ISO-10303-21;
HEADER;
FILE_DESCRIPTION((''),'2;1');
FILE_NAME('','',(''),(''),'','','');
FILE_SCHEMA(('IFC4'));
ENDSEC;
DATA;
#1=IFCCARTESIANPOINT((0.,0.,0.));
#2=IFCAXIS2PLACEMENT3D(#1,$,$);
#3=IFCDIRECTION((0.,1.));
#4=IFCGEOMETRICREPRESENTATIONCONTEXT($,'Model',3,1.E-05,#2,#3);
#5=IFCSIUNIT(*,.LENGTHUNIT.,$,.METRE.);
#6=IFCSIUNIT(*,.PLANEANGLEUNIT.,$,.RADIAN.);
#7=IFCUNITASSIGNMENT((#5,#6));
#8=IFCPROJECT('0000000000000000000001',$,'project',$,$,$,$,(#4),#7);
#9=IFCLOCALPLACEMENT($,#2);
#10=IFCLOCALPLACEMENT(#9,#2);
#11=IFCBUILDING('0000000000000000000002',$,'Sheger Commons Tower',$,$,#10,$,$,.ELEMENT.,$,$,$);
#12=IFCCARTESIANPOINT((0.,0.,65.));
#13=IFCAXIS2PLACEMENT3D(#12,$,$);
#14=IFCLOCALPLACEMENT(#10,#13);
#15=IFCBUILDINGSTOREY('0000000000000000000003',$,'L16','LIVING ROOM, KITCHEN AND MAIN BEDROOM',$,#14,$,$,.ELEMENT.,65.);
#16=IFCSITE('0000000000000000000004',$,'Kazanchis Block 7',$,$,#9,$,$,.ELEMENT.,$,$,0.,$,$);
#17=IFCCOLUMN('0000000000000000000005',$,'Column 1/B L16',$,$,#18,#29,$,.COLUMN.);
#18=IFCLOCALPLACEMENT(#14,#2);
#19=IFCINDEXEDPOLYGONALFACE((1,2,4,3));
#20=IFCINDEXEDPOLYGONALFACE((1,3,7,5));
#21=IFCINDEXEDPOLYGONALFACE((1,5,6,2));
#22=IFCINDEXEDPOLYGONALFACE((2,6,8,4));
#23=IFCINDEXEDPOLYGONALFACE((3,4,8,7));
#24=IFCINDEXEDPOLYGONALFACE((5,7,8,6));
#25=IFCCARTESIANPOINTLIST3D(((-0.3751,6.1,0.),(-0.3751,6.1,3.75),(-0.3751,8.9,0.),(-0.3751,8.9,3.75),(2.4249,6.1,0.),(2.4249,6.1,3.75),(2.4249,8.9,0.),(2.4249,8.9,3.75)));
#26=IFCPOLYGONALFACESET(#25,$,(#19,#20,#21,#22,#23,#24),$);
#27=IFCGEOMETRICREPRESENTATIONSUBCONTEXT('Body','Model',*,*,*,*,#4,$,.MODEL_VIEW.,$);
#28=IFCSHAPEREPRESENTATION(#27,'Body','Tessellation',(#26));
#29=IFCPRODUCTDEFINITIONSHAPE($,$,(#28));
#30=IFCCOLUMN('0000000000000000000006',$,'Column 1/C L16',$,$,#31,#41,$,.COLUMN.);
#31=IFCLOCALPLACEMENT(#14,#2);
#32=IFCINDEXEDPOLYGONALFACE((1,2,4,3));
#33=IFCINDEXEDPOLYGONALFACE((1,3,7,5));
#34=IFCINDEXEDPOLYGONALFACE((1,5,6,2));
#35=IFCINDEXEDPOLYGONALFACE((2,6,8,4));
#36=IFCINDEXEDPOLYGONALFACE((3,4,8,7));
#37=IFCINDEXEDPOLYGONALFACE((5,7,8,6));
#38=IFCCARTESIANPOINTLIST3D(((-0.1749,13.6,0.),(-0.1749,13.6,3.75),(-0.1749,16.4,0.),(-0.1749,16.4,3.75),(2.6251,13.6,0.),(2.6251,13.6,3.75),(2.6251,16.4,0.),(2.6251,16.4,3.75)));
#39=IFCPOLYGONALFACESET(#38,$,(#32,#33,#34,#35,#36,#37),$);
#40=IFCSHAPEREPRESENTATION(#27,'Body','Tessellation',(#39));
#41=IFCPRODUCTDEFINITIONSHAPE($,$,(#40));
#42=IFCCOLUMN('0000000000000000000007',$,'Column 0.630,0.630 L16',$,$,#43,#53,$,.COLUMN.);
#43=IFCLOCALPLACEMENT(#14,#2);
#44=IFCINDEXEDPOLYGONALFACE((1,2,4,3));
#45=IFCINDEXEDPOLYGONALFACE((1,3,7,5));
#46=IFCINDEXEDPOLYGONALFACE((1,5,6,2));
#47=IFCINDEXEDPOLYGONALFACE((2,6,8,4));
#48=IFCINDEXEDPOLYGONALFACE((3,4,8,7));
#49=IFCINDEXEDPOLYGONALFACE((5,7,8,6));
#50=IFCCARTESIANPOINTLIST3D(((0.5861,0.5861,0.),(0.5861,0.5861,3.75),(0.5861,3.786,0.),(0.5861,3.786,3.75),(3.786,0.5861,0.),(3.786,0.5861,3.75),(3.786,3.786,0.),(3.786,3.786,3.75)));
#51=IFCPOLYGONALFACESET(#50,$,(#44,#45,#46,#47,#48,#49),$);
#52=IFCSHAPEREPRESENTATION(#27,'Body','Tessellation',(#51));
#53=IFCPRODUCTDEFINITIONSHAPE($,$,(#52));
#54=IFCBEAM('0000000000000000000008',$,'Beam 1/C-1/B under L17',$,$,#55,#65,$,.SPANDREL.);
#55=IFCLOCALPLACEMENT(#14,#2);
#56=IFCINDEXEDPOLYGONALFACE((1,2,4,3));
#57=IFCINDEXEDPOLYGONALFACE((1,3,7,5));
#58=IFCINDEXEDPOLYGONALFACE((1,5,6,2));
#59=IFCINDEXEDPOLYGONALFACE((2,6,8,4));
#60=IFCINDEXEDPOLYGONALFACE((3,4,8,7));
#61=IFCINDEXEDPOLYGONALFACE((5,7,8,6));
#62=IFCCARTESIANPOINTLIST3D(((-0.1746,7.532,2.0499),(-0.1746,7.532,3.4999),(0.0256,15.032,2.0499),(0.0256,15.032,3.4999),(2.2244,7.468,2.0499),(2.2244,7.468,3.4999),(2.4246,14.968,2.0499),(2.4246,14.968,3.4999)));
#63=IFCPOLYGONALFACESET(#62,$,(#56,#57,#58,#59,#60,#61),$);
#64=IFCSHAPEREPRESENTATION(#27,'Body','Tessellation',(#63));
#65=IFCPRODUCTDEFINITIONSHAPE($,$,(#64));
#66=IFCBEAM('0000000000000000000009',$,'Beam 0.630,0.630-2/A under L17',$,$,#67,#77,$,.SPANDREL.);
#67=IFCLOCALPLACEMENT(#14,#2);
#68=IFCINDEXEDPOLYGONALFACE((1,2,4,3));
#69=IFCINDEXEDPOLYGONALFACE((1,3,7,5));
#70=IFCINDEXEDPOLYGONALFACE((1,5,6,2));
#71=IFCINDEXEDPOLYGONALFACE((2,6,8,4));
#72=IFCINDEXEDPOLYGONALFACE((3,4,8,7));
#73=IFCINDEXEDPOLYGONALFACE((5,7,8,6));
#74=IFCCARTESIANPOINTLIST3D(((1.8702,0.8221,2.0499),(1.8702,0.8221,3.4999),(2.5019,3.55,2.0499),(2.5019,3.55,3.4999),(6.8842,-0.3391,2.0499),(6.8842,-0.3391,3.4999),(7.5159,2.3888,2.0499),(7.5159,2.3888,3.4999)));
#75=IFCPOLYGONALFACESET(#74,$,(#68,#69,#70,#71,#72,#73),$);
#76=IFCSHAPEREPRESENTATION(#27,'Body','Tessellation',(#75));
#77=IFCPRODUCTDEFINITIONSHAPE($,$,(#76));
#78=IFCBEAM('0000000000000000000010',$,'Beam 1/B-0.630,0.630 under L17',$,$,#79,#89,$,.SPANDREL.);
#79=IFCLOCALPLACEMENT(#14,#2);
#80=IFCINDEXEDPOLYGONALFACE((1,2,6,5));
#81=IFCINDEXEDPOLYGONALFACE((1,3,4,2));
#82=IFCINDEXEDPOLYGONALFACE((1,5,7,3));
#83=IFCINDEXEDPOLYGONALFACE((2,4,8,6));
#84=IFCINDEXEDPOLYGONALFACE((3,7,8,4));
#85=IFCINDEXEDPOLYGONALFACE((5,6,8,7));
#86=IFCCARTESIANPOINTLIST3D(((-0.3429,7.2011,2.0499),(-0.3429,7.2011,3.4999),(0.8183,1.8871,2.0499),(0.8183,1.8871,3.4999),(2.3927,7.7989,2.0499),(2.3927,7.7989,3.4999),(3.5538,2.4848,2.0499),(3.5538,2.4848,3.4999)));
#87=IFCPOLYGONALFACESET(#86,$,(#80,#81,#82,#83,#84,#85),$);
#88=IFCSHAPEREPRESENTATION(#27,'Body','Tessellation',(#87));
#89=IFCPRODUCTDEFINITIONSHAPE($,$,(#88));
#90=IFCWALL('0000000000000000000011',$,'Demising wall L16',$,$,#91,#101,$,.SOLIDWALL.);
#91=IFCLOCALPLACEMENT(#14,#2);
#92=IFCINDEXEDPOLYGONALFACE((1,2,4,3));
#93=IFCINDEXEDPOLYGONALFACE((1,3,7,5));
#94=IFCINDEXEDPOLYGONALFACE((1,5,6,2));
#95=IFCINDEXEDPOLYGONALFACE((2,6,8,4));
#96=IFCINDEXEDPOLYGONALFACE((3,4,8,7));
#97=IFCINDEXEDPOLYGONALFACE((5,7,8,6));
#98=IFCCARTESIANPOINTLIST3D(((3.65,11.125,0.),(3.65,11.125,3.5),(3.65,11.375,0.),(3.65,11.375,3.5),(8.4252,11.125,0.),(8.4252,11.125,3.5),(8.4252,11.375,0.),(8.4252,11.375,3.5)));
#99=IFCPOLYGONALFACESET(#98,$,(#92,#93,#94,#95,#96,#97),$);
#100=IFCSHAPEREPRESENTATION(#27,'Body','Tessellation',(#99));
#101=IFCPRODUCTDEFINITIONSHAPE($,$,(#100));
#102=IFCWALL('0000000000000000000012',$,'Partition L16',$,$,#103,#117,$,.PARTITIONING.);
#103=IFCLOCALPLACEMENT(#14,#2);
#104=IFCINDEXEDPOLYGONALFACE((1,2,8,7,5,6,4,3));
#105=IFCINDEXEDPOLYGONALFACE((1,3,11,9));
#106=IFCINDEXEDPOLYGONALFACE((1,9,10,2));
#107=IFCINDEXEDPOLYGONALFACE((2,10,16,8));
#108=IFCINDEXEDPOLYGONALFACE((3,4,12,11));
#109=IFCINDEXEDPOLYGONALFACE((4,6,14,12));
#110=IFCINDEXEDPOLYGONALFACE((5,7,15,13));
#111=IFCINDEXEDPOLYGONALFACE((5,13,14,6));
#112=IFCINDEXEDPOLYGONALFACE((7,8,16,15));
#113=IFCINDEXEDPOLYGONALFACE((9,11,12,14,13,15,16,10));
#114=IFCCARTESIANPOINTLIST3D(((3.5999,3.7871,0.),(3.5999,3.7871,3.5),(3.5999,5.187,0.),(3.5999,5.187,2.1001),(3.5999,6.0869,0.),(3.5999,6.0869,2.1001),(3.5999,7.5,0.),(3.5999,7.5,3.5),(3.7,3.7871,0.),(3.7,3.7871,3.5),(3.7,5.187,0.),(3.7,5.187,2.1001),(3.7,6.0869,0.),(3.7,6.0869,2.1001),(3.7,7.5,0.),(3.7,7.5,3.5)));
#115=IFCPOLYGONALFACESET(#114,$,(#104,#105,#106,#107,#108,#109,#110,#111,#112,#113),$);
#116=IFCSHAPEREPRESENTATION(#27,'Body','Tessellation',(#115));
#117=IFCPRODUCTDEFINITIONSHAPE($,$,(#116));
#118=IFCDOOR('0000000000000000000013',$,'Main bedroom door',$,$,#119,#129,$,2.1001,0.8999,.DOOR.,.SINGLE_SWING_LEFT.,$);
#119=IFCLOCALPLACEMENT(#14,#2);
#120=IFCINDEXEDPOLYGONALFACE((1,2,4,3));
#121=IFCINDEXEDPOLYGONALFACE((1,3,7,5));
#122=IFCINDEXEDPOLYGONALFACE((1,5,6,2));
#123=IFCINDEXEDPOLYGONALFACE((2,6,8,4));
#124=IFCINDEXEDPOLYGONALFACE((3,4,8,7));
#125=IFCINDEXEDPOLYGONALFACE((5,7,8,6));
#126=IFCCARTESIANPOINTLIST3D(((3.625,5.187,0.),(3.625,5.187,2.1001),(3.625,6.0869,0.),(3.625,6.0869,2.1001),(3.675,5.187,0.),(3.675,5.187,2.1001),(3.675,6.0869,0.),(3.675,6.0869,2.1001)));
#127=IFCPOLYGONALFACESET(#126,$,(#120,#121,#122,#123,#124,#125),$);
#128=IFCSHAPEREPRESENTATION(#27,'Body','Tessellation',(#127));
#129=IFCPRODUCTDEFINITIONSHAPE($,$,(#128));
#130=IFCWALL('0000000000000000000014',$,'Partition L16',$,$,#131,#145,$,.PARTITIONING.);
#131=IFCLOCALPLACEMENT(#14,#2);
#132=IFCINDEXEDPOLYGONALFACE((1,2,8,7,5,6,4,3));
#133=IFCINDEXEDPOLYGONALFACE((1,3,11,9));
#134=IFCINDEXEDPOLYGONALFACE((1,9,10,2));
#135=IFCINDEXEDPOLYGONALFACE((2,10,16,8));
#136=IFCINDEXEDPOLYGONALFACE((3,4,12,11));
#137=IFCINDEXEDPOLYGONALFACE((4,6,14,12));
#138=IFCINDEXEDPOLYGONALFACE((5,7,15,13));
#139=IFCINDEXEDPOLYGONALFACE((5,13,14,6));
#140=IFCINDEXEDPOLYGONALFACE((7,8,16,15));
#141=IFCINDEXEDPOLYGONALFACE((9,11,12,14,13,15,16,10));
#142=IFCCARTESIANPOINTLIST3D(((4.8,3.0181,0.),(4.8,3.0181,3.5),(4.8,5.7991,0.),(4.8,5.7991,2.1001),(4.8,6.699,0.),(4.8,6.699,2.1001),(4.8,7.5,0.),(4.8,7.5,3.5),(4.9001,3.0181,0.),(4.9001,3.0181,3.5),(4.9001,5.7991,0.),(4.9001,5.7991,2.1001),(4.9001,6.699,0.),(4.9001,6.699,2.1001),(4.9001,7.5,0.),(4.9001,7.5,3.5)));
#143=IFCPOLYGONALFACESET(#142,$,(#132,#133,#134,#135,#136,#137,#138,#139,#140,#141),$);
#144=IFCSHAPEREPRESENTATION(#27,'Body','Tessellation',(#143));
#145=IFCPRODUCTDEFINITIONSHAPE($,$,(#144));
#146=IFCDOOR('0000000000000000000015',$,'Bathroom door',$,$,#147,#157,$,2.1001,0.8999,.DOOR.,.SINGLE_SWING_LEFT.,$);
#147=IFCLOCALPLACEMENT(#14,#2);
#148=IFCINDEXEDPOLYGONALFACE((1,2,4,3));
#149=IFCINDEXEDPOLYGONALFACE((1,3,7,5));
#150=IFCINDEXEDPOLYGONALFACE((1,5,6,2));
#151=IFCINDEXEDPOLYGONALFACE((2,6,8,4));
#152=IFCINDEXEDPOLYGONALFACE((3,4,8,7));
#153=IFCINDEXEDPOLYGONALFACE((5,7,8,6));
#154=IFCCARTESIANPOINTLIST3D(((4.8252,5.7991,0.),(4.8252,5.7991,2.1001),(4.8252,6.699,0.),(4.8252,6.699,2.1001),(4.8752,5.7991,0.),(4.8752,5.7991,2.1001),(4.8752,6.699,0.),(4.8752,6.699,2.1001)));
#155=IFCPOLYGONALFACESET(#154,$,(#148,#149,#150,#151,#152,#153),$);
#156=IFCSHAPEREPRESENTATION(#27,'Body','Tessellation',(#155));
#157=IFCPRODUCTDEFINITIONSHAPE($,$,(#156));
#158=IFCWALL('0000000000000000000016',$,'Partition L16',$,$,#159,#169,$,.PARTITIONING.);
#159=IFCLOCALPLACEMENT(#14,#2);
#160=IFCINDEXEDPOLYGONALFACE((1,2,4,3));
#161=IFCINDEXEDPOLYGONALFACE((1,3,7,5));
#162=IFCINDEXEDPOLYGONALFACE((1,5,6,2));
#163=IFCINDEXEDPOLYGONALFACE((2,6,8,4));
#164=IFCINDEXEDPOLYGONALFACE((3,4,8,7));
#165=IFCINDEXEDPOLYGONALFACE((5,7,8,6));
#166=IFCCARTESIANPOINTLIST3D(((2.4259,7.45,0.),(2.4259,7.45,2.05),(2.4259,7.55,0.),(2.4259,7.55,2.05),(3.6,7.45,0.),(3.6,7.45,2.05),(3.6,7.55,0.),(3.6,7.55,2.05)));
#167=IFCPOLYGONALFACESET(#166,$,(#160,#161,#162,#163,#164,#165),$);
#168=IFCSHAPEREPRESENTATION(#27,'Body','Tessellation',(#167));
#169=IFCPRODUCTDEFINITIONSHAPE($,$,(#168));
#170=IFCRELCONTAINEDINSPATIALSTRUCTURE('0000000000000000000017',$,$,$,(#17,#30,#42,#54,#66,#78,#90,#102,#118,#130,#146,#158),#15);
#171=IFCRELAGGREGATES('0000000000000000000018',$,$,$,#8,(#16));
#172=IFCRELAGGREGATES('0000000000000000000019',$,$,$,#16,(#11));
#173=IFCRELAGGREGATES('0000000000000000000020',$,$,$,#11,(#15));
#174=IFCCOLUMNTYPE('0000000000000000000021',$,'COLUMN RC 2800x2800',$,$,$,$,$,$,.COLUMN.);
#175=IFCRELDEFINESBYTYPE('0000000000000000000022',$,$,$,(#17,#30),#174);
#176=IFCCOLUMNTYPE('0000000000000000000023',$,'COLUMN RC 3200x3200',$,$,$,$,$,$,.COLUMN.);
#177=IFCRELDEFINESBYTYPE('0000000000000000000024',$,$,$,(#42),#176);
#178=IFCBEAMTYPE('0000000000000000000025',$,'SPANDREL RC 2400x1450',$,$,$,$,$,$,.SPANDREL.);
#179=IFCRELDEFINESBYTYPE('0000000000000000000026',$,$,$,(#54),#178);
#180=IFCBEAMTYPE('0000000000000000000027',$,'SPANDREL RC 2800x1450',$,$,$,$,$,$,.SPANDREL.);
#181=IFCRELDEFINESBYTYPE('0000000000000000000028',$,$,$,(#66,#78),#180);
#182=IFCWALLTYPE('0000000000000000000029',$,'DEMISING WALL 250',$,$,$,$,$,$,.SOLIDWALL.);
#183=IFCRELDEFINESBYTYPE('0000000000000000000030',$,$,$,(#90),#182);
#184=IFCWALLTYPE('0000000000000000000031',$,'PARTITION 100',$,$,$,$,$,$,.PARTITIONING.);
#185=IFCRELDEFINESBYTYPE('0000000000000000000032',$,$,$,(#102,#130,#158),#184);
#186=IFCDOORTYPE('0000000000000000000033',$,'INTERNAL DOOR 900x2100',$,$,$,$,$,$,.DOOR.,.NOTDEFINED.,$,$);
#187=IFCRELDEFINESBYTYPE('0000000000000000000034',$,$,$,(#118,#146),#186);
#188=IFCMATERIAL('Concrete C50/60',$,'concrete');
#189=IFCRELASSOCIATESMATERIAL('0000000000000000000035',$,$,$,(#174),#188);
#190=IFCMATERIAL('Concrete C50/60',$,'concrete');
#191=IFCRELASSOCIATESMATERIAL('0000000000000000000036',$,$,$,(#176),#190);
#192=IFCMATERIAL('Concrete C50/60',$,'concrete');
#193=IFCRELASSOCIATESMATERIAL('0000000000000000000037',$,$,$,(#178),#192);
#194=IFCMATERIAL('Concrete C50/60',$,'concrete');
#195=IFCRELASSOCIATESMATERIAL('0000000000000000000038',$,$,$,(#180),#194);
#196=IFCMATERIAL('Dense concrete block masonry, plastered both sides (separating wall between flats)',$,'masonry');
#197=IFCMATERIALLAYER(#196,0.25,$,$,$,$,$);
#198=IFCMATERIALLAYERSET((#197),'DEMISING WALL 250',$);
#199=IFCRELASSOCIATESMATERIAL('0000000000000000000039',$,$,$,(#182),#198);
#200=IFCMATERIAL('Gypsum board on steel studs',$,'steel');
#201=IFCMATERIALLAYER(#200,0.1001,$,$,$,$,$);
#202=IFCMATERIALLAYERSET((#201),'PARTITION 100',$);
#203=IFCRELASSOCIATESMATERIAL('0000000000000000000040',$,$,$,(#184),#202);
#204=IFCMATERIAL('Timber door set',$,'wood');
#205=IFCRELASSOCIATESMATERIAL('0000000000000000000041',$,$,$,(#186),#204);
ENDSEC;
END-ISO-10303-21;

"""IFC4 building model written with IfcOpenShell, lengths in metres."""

from ifc_helpers import new_model, si_unit, direction, frame, frame_2d, origin, origin_2d, place, context, subcontext, project, spatial, rectangle, extrude, material, layer, layer_set, material_profile, profile_set, type_object, element, fill, save


model = new_model("IFC4")

# Units and contexts
model_context = context("Model", 3, precision=1e-05, world=origin(), true_north=direction((0.0, 1.0)))
body_context = subcontext(model_context, "Body", "Model", "MODEL_VIEW")
ifc_project = project(units=[si_unit("LENGTHUNIT", "METRE"), si_unit("PLANEANGLEUNIT", "RADIAN")], contexts=[model_context])

# Site, building, storey
site_placement = place(None, origin())
site = spatial("IfcSite", under=ifc_project, at=site_placement, Name="Kazanchis Block 7", CompositionType="ELEMENT", RefElevation=0.0)
building_placement = place(site_placement, origin())
building = spatial("IfcBuilding", under=site, at=building_placement, Name="Sheger Commons Tower", CompositionType="ELEMENT")
storey_placement = place(building_placement, frame((0.0, 0.0, 65.0)))
storey = spatial("IfcBuildingStorey", under=building, at=storey_placement, Name="L16", Description="LIVING ROOM, KITCHEN AND MAIN BEDROOM", CompositionType="ELEMENT", Elevation=65.0)

# Columns
ifc_material_1 = material(Name="Concrete C50/60", Category="concrete")
ifc_material_profile_1 = material_profile(ifc_material_1, rectangle(XDim=2.8, YDim=2.8, at=origin_2d()), Name="RC 2800x2800")
ifc_profile_set_1 = profile_set([ifc_material_profile_1], Name="Concrete C50/60")
column_type_1 = type_object("IfcColumnType", Name="COLUMN RC 2800x2800", PredefinedType="COLUMN", material=ifc_profile_set_1)
for number, where, z_axis, x_axis, name in (
    (1, (1.0249, 7.5, 0.0), (0.0, 0.0, 1.0), (1.0, 0.0, 0.0), "Column 1/B L16"),
    (2, (1.2251, 15.0, 0.0), (0.0, 0.0, 1.0), (1.0, 0.0, 0.0), "Column 1/C L16"),
):
    element("IfcColumn", number, at=place(storey_placement, frame(where, z_axis=z_axis, x_axis=x_axis)), inside=storey, type_object=column_type_1, Name=name, PredefinedType="COLUMN", context=body_context, shape_type="SweptSolid", body=[
        extrude(rectangle(XDim=2.8, YDim=2.8, at=origin_2d()), origin(), (0.0, 0.0, 1.0), 3.75),
    ])
ifc_material_2 = material(Name="Concrete C50/60", Category="concrete")
ifc_material_profile_2 = material_profile(ifc_material_2, rectangle(XDim=3.2, YDim=3.2, at=origin_2d()), Name="RC 3200x3200")
ifc_profile_set_2 = profile_set([ifc_material_profile_2], Name="Concrete C50/60")
column_type_2 = type_object("IfcColumnType", Name="COLUMN RC 3200x3200", PredefinedType="COLUMN", material=ifc_profile_set_2)
column_placement = place(storey_placement, frame((2.186, 2.186, 0.0), z_axis=(0.0, 0.0, 1.0), x_axis=(1.0, 0.0, 0.0)))
element("IfcColumn", 3, at=column_placement, inside=storey, type_object=column_type_2, Name="Column 0.630,0.630 L16", PredefinedType="COLUMN", context=body_context, shape_type="SweptSolid", body=[
    extrude(rectangle(XDim=3.2, YDim=3.2, at=origin_2d()), origin(), (0.0, 0.0, 1.0), 3.75),
])

# Beams
ifc_material_3 = material(Name="Concrete C50/60", Category="concrete")
ifc_material_profile_3 = material_profile(ifc_material_3, rectangle(XDim=2.3999, YDim=1.45, at=origin_2d()), Name="RC 2400x1450")
ifc_profile_set_3 = profile_set([ifc_material_profile_3], Name="Concrete C50/60")
beam_type_1 = type_object("IfcBeamType", Name="SPANDREL RC 2400x1450", PredefinedType="SPANDREL", material=ifc_profile_set_3)
beam_1_placement = place(storey_placement, frame((1.2251, 15.0, 2.7749), z_axis=(-0.026683, -0.999644, 0.0), x_axis=(0.999644, -0.026683, 0.0)))
element("IfcBeam", 4, at=beam_1_placement, inside=storey, type_object=beam_type_1, Name="Beam 1/C-1/B under L17", PredefinedType="SPANDREL", context=body_context, shape_type="SweptSolid", body=[
    extrude(rectangle(XDim=2.3999, YDim=1.45, at=origin_2d()), origin(), (0.0, 0.0, 1.0), 7.5027),
])
ifc_material_4 = material(Name="Concrete C50/60", Category="concrete")
ifc_material_profile_4 = material_profile(ifc_material_4, rectangle(XDim=2.8, YDim=1.45, at=origin_2d()), Name="RC 2800x1450")
ifc_profile_set_4 = profile_set([ifc_material_profile_4], Name="Concrete C50/60")
beam_type_2 = type_object("IfcBeamType", Name="SPANDREL RC 2800x1450", PredefinedType="SPANDREL", material=ifc_profile_set_4)
beam_2_placement = place(storey_placement, frame((2.186, 2.186, 2.7749), z_axis=(0.974217, -0.225611, 0.0), x_axis=(0.225611, 0.974217, 0.0)))
element("IfcBeam", 5, at=beam_2_placement, inside=storey, type_object=beam_type_2, Name="Beam 0.630,0.630-2/A under L17", PredefinedType="SPANDREL", context=body_context, shape_type="SweptSolid", body=[
    extrude(rectangle(XDim=2.8, YDim=1.45, at=origin_2d()), origin(), (0.0, 0.0, 1.0), 5.1467),
])
beam_3_placement = place(storey_placement, frame((1.0249, 7.5, 2.7749), z_axis=(0.213469, -0.97695, 0.0), x_axis=(0.97695, 0.213469, 0.0)))
element("IfcBeam", 6, at=beam_3_placement, inside=storey, type_object=beam_type_2, Name="Beam 1/B-0.630,0.630 under L17", PredefinedType="SPANDREL", context=body_context, shape_type="SweptSolid", body=[
    extrude(rectangle(XDim=2.8, YDim=1.45, at=origin_2d()), origin(), (0.0, 0.0, 1.0), 5.4395),
])

# Wall
ifc_material_5 = material(Name="Dense concrete block masonry, plastered both sides (separating wall between flats)", Category="masonry")
ifc_layer_1 = layer(ifc_material_5, 0.25)
ifc_layer_set_1 = layer_set([ifc_layer_1], Name="DEMISING WALL 250")
wall_type_1 = type_object("IfcWallType", Name="DEMISING WALL 250", PredefinedType="SOLIDWALL", material=ifc_layer_set_1)
wall_1_placement = place(storey_placement, frame((3.6499, 11.25, 0.0), z_axis=(0.0, 0.0, 1.0), x_axis=(1.0, 0.0, 0.0)))
element("IfcWall", 7, at=wall_1_placement, inside=storey, type_object=wall_type_1, Name="Demising wall L16", PredefinedType="SOLIDWALL", context=body_context, shape_type="SweptSolid", body=[
    extrude(rectangle(XDim=4.7751, YDim=0.25, at=frame_2d((2.3877, 0.0))), origin(), (0.0, 0.0, 1.0), 3.5),
])

# Walls, openings, doors
ifc_material_6 = material(Name="Gypsum board on steel studs", Category="steel")
ifc_layer_2 = layer(ifc_material_6, 0.1001)
ifc_layer_set_2 = layer_set([ifc_layer_2], Name="PARTITION 100")
wall_type_2 = type_object("IfcWallType", Name="PARTITION 100", PredefinedType="PARTITIONING", material=ifc_layer_set_2)
wall_2_placement = place(storey_placement, frame((3.6499, 3.7871, 0.0), z_axis=(0.0, 0.0, 1.0), x_axis=(0.0, 1.0, 0.0)))
wall_2 = element("IfcWall", 8, at=wall_2_placement, inside=storey, type_object=wall_type_2, Name="Partition L16", PredefinedType="PARTITIONING", context=body_context, shape_type="SweptSolid", body=[
    extrude(rectangle(XDim=3.7129, YDim=0.1001, at=frame_2d((1.8564, 0.0))), origin(), (0.0, 0.0, 1.0), 3.5),
])
opening_1_placement = place(wall_2_placement, frame((1.3999, 0.0, 0.0)))
opening_1 = element("IfcOpeningElement", 9, at=opening_1_placement, cuts=wall_2, PredefinedType="OPENING", context=body_context, shape_type="SweptSolid", body=[
    extrude(rectangle(XDim=0.8999, YDim=2.1001, at=frame_2d((0.45, 1.05))), frame((0.0, 0.0601, 0.0), z_axis=(0.0, -1.0, 0.0), x_axis=(1.0, 0.0, 0.0)), (0.0, 0.0, 1.0), 0.1201),
])
ifc_material_7 = material(Name="Timber door set", Category="wood")
door_type = type_object("IfcDoorType", Name="INTERNAL DOOR 900x2100", OperationType="NOTDEFINED", PredefinedType="DOOR", material=ifc_material_7)
door_1_placement = place(opening_1_placement, origin())
door_1 = element("IfcDoor", 10, at=door_1_placement, inside=storey, type_object=door_type, Name="Main bedroom door", OperationType="SINGLE_SWING_LEFT", OverallHeight=2.1001, OverallWidth=0.8999, PredefinedType="DOOR", context=body_context, shape_type="SweptSolid", body=[
    extrude(rectangle(XDim=0.8999, YDim=2.1001, at=frame_2d((0.45, 1.05))), frame((0.0, 0.0249, 0.0), z_axis=(0.0, -1.0, 0.0), x_axis=(1.0, 0.0, 0.0)), (0.0, 0.0, 1.0), 0.05),
])
fill(opening_1, door_1)
wall_3_placement = place(storey_placement, frame((4.8501, 3.0181, 0.0), z_axis=(0.0, 0.0, 1.0), x_axis=(0.0, 1.0, 0.0)))
wall_3 = element("IfcWall", 11, at=wall_3_placement, inside=storey, type_object=wall_type_2, Name="Partition L16", PredefinedType="PARTITIONING", context=body_context, shape_type="SweptSolid", body=[
    extrude(rectangle(XDim=4.4819, YDim=0.1001, at=frame_2d((2.241, 0.0))), origin(), (0.0, 0.0, 1.0), 3.5),
])
opening_2_placement = place(wall_3_placement, frame((2.781, 0.0, 0.0)))
opening_2 = element("IfcOpeningElement", 12, at=opening_2_placement, cuts=wall_3, PredefinedType="OPENING", context=body_context, shape_type="SweptSolid", body=[
    extrude(rectangle(XDim=0.8999, YDim=2.1001, at=frame_2d((0.45, 1.05))), frame((0.0, 0.0601, 0.0), z_axis=(0.0, -1.0, 0.0), x_axis=(1.0, 0.0, 0.0)), (0.0, 0.0, 1.0), 0.1201),
])
door_2_placement = place(opening_2_placement, origin())
door_2 = element("IfcDoor", 13, at=door_2_placement, inside=storey, type_object=door_type, Name="Bathroom door", OperationType="SINGLE_SWING_LEFT", OverallHeight=2.1001, OverallWidth=0.8999, PredefinedType="DOOR", context=body_context, shape_type="SweptSolid", body=[
    extrude(rectangle(XDim=0.8999, YDim=2.1001, at=frame_2d((0.45, 1.05))), frame((0.0, 0.0249, 0.0), z_axis=(0.0, -1.0, 0.0), x_axis=(1.0, 0.0, 0.0)), (0.0, 0.0, 1.0), 0.05),
])
fill(opening_2, door_2)

# Wall
wall_4_placement = place(storey_placement, frame((2.426, 7.5, 0.0), z_axis=(0.0, 0.0, 1.0), x_axis=(1.0, 0.0, 0.0)))
element("IfcWall", 14, at=wall_4_placement, inside=storey, type_object=wall_type_2, Name="Partition L16", PredefinedType="PARTITIONING", context=body_context, shape_type="SweptSolid", body=[
    extrude(rectangle(XDim=1.1741, YDim=0.1001, at=frame_2d((0.5869, 0.0))), origin(), (0.0, 0.0, 1.0), 2.05),
])

save(model, "model.ifc")
